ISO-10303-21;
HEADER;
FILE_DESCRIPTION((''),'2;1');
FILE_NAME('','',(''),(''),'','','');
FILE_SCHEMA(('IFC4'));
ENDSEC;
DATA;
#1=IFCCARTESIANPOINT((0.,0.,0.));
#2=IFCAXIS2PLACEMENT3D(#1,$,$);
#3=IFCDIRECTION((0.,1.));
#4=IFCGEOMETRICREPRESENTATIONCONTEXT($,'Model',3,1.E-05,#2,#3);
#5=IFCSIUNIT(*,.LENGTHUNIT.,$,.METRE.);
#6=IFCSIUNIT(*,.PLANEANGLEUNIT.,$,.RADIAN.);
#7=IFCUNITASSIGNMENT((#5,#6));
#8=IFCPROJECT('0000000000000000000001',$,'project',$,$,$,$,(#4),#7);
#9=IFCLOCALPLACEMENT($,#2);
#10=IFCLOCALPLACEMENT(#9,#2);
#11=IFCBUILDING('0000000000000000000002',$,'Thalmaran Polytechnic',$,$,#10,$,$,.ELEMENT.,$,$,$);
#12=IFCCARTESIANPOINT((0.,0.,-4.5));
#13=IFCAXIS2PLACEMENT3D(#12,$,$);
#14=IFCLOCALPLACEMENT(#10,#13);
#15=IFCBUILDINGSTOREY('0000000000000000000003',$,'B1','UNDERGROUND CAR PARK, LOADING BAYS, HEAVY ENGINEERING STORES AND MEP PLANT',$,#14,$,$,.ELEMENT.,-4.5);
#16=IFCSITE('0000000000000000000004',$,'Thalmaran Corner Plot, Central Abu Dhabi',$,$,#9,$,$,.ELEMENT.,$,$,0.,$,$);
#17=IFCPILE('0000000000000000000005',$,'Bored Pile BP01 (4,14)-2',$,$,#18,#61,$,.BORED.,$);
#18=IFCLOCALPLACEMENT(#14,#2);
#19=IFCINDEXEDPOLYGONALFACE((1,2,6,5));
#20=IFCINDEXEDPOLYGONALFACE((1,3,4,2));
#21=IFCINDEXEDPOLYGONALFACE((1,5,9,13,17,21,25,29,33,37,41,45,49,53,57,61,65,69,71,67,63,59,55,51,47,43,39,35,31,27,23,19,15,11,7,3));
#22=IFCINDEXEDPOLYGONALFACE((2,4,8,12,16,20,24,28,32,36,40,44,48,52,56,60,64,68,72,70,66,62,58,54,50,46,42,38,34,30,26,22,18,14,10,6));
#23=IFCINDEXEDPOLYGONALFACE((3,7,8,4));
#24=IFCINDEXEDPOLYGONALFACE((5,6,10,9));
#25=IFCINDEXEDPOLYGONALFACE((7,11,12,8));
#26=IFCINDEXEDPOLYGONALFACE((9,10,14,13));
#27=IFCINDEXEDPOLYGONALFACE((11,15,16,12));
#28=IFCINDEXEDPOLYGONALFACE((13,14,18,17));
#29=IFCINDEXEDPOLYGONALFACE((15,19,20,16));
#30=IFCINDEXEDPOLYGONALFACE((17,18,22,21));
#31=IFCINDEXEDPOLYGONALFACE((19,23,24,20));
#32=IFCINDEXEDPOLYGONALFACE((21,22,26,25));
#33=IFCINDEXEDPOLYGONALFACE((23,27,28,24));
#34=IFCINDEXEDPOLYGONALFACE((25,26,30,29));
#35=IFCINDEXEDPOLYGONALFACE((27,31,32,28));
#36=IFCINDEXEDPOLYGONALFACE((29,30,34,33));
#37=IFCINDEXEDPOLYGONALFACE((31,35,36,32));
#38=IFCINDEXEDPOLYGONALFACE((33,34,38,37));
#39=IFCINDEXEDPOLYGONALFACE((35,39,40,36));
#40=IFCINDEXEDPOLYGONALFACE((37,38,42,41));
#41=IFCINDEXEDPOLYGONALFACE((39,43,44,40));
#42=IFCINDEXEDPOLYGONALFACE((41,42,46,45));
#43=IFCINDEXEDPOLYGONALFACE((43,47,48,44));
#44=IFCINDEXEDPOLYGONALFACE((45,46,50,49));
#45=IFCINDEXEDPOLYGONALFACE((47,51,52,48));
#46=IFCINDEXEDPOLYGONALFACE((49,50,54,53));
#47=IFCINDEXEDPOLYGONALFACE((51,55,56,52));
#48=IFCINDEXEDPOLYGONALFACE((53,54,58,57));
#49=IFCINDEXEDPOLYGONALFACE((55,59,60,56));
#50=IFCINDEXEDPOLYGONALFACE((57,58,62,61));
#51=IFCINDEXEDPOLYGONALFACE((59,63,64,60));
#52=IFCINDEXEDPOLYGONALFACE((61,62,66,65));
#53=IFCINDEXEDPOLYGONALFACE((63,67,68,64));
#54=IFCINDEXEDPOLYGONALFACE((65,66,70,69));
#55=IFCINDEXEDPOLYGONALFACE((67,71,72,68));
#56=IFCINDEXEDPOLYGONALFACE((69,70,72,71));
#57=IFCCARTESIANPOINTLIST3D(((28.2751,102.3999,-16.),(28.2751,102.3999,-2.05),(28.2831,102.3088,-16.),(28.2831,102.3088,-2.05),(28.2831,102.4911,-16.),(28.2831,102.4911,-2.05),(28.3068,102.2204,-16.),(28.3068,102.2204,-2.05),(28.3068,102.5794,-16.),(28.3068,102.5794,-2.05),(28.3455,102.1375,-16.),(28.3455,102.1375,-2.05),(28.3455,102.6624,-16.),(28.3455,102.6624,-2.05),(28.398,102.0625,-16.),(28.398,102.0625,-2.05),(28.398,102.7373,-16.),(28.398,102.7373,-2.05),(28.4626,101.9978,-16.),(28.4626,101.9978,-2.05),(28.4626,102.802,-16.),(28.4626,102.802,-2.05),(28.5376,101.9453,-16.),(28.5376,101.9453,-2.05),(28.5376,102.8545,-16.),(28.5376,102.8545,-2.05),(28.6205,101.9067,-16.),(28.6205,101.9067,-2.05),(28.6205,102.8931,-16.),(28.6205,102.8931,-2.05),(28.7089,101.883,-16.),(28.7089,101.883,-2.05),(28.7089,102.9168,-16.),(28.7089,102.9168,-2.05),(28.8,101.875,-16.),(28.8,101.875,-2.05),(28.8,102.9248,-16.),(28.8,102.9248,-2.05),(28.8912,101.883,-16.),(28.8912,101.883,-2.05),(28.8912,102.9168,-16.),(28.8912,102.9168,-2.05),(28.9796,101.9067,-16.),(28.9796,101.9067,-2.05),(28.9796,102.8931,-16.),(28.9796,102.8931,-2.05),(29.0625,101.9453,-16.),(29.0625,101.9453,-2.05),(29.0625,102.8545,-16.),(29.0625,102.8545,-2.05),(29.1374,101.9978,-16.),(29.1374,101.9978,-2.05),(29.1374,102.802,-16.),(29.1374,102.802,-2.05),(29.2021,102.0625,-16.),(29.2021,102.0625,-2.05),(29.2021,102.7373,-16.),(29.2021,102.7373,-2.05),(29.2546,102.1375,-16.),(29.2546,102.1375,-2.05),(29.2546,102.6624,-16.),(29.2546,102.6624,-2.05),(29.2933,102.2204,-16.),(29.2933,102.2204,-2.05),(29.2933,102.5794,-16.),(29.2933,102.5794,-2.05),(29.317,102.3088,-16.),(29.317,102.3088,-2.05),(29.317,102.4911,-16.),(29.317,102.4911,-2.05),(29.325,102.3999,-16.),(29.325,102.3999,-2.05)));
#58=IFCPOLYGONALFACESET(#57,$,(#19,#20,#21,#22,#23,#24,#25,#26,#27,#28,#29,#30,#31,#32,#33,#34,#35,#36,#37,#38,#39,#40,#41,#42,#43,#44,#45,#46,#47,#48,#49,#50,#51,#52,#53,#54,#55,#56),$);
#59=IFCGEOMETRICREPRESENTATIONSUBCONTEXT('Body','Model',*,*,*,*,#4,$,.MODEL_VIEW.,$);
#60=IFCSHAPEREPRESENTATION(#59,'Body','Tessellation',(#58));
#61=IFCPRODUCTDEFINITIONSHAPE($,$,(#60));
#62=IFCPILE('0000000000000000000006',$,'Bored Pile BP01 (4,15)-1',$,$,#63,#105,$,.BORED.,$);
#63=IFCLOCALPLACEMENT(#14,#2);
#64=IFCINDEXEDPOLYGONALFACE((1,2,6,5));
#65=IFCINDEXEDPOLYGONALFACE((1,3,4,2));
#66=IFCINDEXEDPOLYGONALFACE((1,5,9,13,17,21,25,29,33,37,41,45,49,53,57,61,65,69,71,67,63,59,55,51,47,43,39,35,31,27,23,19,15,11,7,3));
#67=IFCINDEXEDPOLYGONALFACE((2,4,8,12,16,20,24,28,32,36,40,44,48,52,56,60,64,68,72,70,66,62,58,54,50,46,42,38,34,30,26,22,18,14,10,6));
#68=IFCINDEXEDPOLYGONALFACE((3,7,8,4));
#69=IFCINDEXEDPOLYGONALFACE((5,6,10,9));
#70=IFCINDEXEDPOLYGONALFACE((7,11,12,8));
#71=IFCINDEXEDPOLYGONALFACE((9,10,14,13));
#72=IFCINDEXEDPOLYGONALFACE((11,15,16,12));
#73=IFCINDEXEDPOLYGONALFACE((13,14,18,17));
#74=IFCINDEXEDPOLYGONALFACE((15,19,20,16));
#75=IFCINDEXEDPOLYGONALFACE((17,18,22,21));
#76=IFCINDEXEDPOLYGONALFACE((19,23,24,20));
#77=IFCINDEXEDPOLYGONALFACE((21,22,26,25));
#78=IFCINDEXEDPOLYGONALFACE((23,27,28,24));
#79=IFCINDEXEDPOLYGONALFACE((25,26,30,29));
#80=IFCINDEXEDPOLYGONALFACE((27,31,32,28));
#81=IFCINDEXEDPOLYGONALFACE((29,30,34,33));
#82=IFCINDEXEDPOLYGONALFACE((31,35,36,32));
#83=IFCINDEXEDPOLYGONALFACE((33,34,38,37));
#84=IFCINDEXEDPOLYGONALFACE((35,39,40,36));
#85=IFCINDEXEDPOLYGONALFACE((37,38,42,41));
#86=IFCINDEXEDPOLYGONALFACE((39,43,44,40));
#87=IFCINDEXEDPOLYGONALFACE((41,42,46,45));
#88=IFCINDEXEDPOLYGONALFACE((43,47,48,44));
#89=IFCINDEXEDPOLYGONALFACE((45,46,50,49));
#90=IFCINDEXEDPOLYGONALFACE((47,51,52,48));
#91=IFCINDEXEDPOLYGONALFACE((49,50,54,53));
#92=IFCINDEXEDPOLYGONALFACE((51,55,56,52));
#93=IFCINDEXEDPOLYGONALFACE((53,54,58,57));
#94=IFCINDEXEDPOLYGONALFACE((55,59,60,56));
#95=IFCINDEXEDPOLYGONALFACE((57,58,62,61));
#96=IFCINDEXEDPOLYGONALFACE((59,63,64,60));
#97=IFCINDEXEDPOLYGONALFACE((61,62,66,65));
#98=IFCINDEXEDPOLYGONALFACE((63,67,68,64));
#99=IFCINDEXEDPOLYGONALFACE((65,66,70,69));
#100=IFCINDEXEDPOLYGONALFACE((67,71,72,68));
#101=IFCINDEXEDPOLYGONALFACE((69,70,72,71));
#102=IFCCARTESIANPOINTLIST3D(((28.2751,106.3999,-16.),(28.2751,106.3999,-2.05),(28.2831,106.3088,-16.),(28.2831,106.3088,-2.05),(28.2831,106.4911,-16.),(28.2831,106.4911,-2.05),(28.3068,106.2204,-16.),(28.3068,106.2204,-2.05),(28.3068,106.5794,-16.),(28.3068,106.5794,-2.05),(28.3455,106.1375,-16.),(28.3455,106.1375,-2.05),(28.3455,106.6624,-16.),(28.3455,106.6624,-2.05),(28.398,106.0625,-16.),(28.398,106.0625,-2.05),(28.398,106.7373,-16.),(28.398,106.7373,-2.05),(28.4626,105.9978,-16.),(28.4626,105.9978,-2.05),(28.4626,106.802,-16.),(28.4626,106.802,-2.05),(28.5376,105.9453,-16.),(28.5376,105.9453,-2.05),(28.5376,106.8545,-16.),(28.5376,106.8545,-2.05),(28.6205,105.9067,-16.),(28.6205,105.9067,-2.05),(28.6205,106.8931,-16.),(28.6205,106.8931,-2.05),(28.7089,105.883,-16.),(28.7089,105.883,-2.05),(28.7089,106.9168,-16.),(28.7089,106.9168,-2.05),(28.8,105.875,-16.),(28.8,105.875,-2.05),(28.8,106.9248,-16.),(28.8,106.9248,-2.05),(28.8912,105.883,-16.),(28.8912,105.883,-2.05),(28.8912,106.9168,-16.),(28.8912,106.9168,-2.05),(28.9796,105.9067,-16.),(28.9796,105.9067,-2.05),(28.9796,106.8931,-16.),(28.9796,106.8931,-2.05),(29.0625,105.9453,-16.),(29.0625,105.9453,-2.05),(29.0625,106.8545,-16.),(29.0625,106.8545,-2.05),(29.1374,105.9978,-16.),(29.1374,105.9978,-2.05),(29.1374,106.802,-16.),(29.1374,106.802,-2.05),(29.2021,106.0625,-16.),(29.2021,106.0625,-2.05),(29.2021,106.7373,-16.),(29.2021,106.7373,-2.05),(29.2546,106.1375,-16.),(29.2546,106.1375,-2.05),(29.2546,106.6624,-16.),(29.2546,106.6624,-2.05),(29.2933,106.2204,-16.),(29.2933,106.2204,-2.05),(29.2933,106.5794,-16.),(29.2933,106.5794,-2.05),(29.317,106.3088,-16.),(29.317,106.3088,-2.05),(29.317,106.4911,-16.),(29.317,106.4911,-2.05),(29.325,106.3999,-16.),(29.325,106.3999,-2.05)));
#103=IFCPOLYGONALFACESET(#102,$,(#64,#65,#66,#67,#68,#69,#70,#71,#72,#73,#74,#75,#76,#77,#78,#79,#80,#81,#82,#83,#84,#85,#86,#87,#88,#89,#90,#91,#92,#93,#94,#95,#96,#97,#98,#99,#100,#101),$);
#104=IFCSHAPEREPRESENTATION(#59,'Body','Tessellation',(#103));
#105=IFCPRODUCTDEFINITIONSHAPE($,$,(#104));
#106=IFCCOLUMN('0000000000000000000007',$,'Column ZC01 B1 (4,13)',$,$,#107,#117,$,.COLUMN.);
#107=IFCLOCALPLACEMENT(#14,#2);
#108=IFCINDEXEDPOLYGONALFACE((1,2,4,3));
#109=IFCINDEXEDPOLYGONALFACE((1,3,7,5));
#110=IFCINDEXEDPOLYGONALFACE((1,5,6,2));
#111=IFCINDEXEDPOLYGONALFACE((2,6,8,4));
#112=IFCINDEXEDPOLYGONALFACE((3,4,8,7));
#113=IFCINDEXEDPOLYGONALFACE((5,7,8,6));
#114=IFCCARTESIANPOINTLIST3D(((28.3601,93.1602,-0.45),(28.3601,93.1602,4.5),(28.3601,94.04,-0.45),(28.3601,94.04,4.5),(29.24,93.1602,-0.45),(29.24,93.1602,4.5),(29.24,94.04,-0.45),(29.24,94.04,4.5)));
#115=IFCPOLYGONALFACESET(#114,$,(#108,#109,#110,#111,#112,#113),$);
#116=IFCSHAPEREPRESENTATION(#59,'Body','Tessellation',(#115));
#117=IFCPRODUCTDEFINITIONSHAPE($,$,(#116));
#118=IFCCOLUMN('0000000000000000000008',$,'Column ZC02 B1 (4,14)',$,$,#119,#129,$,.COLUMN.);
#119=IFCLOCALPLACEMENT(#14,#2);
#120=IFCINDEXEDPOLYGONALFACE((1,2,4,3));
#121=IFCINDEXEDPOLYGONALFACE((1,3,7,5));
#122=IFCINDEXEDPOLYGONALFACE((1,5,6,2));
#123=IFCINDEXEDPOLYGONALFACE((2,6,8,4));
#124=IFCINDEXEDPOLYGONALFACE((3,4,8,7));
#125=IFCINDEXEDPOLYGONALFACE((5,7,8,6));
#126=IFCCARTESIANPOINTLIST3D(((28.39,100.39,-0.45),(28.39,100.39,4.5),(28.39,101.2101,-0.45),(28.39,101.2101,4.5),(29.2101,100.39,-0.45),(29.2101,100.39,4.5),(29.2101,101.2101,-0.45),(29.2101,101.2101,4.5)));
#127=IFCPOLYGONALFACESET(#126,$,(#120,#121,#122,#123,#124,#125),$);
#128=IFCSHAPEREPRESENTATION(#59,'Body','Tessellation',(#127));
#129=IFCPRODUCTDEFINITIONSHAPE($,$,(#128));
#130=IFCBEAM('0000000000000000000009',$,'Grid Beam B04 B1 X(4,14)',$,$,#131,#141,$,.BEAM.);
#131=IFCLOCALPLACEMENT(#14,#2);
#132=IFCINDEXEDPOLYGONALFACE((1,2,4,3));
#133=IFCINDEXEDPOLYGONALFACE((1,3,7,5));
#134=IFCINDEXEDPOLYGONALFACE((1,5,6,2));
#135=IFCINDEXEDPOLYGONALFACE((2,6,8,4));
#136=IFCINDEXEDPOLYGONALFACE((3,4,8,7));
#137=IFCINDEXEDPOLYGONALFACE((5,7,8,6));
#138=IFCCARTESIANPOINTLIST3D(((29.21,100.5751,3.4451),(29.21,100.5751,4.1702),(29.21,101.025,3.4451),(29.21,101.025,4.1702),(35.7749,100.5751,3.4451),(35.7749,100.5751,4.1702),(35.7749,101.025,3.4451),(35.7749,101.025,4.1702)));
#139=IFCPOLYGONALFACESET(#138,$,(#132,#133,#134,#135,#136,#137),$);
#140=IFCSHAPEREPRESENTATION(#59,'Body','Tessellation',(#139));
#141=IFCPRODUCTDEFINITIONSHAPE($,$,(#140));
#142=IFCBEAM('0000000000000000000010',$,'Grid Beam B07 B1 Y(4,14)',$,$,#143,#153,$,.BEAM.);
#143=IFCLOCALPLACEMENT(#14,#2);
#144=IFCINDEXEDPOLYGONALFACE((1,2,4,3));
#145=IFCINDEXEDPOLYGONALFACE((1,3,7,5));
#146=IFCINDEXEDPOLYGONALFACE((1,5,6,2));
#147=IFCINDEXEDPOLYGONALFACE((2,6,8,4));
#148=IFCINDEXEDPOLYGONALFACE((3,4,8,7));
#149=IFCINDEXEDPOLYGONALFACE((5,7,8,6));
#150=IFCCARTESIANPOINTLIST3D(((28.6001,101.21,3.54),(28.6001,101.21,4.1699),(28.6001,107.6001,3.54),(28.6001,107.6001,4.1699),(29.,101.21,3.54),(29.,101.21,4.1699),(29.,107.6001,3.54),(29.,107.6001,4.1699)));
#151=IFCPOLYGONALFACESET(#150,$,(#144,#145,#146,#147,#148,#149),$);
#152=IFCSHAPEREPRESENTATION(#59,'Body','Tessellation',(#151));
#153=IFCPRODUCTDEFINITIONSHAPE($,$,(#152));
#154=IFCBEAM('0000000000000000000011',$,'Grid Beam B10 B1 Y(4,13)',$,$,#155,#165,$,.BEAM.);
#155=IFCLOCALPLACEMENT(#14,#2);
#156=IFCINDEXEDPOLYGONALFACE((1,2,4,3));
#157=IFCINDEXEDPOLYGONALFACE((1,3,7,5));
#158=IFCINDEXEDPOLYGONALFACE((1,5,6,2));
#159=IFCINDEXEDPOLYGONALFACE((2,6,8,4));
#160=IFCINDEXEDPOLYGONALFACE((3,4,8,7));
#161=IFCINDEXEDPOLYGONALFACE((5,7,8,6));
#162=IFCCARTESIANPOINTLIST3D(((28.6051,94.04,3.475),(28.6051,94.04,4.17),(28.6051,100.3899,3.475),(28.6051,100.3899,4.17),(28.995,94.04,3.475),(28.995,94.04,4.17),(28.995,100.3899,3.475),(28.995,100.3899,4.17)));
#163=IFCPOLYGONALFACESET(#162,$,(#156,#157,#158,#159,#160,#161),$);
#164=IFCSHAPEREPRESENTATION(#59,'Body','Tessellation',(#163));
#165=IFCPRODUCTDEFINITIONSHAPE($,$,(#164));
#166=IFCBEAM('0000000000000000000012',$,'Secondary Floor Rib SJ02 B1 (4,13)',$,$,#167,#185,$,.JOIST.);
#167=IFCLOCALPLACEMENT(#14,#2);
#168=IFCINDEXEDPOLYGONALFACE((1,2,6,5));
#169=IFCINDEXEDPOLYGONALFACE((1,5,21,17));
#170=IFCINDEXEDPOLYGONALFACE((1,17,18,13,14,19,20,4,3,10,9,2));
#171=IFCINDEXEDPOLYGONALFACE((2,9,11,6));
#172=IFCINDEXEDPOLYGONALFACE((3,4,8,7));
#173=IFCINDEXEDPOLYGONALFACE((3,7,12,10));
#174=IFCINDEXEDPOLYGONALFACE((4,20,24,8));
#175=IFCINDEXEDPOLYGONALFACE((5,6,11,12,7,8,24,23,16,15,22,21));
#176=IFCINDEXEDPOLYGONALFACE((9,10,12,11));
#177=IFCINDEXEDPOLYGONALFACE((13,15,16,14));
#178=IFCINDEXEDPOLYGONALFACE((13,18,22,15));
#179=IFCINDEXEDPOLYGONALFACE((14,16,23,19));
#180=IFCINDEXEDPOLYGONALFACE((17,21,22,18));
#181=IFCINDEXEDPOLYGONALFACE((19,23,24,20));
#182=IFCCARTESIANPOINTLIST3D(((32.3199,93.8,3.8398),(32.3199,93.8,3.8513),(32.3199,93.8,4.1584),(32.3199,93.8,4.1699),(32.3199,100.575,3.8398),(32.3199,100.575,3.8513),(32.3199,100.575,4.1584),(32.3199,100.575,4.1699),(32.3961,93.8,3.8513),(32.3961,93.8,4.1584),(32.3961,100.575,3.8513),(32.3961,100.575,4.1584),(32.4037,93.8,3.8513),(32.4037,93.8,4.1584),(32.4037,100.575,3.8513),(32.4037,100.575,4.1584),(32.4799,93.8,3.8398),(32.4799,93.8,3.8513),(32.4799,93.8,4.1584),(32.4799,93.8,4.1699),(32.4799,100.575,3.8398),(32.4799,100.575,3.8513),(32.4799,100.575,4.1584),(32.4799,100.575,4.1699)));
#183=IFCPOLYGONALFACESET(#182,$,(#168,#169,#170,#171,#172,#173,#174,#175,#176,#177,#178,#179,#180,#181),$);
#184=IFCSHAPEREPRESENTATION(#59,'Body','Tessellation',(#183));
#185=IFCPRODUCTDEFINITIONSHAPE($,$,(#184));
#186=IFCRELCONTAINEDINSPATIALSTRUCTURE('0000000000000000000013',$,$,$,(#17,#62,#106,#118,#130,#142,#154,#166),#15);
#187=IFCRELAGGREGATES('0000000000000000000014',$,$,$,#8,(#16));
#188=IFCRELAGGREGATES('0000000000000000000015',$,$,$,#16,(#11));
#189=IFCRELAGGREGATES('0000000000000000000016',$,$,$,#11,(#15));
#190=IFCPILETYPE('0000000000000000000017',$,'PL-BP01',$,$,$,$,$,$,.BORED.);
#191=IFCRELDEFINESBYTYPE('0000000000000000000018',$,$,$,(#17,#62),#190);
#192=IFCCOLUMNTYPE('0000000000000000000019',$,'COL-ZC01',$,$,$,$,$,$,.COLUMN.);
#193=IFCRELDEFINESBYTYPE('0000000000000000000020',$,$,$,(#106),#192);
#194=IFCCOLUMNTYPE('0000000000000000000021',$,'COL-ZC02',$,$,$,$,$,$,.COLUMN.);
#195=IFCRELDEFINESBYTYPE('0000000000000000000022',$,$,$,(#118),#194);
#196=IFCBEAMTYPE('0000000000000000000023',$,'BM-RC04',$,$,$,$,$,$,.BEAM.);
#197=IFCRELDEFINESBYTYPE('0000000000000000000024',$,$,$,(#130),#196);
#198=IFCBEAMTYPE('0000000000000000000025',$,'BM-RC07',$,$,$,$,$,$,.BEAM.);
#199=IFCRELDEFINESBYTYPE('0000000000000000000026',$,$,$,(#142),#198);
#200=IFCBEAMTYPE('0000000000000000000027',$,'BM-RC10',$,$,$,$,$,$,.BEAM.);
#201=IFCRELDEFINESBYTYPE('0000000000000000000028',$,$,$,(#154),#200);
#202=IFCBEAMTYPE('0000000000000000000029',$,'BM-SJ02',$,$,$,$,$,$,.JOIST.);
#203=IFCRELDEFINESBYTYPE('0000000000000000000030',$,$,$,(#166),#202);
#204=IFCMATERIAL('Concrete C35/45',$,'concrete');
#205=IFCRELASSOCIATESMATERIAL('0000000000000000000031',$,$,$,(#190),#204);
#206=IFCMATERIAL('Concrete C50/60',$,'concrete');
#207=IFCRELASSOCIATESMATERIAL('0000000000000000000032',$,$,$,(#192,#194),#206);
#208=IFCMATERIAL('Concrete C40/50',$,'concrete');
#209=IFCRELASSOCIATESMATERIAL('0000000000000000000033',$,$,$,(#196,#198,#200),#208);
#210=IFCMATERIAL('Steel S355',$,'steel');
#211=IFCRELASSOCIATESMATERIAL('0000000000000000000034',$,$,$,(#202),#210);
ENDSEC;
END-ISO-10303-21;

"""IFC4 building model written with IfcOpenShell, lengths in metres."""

from ifc_helpers import new_model, si_unit, direction, frame, origin, origin_2d, place, context, subcontext, project, spatial, rectangle, circle, i_section, extrude, material, material_profile, profile_set, type_object, element, save


model = new_model("IFC4")

# Units and contexts
model_context = context("Model", 3, precision=1e-05, world=origin(), true_north=direction((0.0, 1.0)))
body_context = subcontext(model_context, "Body", "Model", "MODEL_VIEW")
ifc_project = project(units=[si_unit("LENGTHUNIT", "METRE"), si_unit("PLANEANGLEUNIT", "RADIAN")], contexts=[model_context])

# Site, building, storey
site_placement = place(None, origin())
site = spatial("IfcSite", under=ifc_project, at=site_placement, Name="Thalmaran Corner Plot, Central Abu Dhabi", CompositionType="ELEMENT", RefElevation=0.0)
building_placement = place(site_placement, origin())
building = spatial("IfcBuilding", under=site, at=building_placement, Name="Thalmaran Polytechnic", CompositionType="ELEMENT")
storey_placement = place(building_placement, frame((0.0, 0.0, -4.5)))
storey = spatial("IfcBuildingStorey", under=building, at=storey_placement, Name="B1", Description="UNDERGROUND CAR PARK, LOADING BAYS, HEAVY ENGINEERING STORES AND MEP PLANT", CompositionType="ELEMENT", Elevation=-4.5)

# Shared definitions
ifc_material_1 = material(Name="Concrete C40/50", Category="concrete")

# Piles
ifc_material_2 = material(Name="Concrete C35/45", Category="concrete")
ifc_material_profile_1 = material_profile(ifc_material_2, circle(Radius=0.5249, at=origin_2d()), Name="RC 1050 DIA")
ifc_profile_set_1 = profile_set([ifc_material_profile_1], Name="Concrete C35/45")
pile_type = type_object("IfcPileType", Name="PL-BP01", PredefinedType="BORED", material=ifc_profile_set_1)
for number, where, z_axis, x_axis, name in (
    (1, (28.8, 102.3999, -2.05), (0.0, 0.0, -1.0), (1.0, 0.0, 0.0), "Bored Pile BP01 (4,14)-2"),
    (2, (28.8, 106.3999, -2.05), (0.0, 0.0, -1.0), (1.0, 0.0, 0.0), "Bored Pile BP01 (4,15)-1"),
):
    element("IfcPile", number, at=place(storey_placement, frame(where, z_axis=z_axis, x_axis=x_axis)), inside=storey, type_object=pile_type, Name=name, PredefinedType="BORED", context=body_context, shape_type="SweptSolid", body=[
        extrude(circle(Radius=0.5249, at=origin_2d()), origin(), (0.0, 0.0, 1.0), 13.95),
    ])

# Columns
ifc_material_3 = material(Name="Concrete C50/60", Category="concrete")
ifc_material_profile_2 = material_profile(ifc_material_3, rectangle(XDim=0.8799, YDim=0.8799, at=origin_2d()), Name="RC 880x880")
ifc_profile_set_2 = profile_set([ifc_material_profile_2], Name="Concrete C50/60")
column_type_1 = type_object("IfcColumnType", Name="COL-ZC01", PredefinedType="COLUMN", material=ifc_profile_set_2)
column_1_placement = place(storey_placement, frame((28.8, 93.6001, -0.45), z_axis=(0.0, 0.0, 1.0), x_axis=(1.0, 0.0, 0.0)))
element("IfcColumn", 3, at=column_1_placement, inside=storey, type_object=column_type_1, Name="Column ZC01 B1 (4,13)", PredefinedType="COLUMN", context=body_context, shape_type="SweptSolid", body=[
    extrude(rectangle(XDim=0.8799, YDim=0.8799, at=origin_2d()), origin(), (0.0, 0.0, 1.0), 4.95),
])
ifc_material_profile_3 = material_profile(ifc_material_3, rectangle(XDim=0.8201, YDim=0.8201, at=origin_2d()), Name="RC 820x820")
ifc_profile_set_3 = profile_set([ifc_material_profile_3], Name="Concrete C50/60")
column_type_2 = type_object("IfcColumnType", Name="COL-ZC02", PredefinedType="COLUMN", material=ifc_profile_set_3)
column_2_placement = place(storey_placement, frame((28.8, 100.8, -0.45), z_axis=(0.0, 0.0, 1.0), x_axis=(1.0, 0.0, 0.0)))
element("IfcColumn", 4, at=column_2_placement, inside=storey, type_object=column_type_2, Name="Column ZC02 B1 (4,14)", PredefinedType="COLUMN", context=body_context, shape_type="SweptSolid", body=[
    extrude(rectangle(XDim=0.8201, YDim=0.8201, at=origin_2d()), origin(), (0.0, 0.0, 1.0), 4.95),
])

# Beams
ifc_material_profile_4 = material_profile(ifc_material_1, rectangle(XDim=0.45, YDim=0.7251, at=origin_2d()), Name="RC 450x725")
ifc_profile_set_4 = profile_set([ifc_material_profile_4], Name="Concrete C40/50")
beam_type_1 = type_object("IfcBeamType", Name="BM-RC04", PredefinedType="BEAM", material=ifc_profile_set_4)
beam_1_placement = place(storey_placement, frame((29.21, 100.8, 3.8076), z_axis=(1.0, 0.0, 0.0), x_axis=(0.0, 1.0, 0.0)))
element("IfcBeam", 5, at=beam_1_placement, inside=storey, type_object=beam_type_1, Name="Grid Beam B04 B1 X(4,14)", PredefinedType="BEAM", context=body_context, shape_type="SweptSolid", body=[
    extrude(rectangle(XDim=0.45, YDim=0.7251, at=origin_2d()), origin(), (0.0, 0.0, 1.0), 6.5649),
])
ifc_material_profile_5 = material_profile(ifc_material_1, rectangle(XDim=0.3999, YDim=0.6299, at=origin_2d()), Name="RC 400x630")
ifc_profile_set_5 = profile_set([ifc_material_profile_5], Name="Concrete C40/50")
beam_type_2 = type_object("IfcBeamType", Name="BM-RC07", PredefinedType="BEAM", material=ifc_profile_set_5)
beam_2_placement = place(storey_placement, frame((28.8, 101.21, 3.855), z_axis=(0.0, 1.0, 0.0), x_axis=(-1.0, 0.0, 0.0)))
element("IfcBeam", 6, at=beam_2_placement, inside=storey, type_object=beam_type_2, Name="Grid Beam B07 B1 Y(4,14)", PredefinedType="BEAM", context=body_context, shape_type="SweptSolid", body=[
    extrude(rectangle(XDim=0.3999, YDim=0.6299, at=origin_2d()), origin(), (0.0, 0.0, 1.0), 6.3901),
])
ifc_material_profile_6 = material_profile(ifc_material_1, rectangle(XDim=0.3899, YDim=0.6951, at=origin_2d()), Name="RC 390x695")
ifc_profile_set_6 = profile_set([ifc_material_profile_6], Name="Concrete C40/50")
beam_type_3 = type_object("IfcBeamType", Name="BM-RC10", PredefinedType="BEAM", material=ifc_profile_set_6)
beam_3_placement = place(storey_placement, frame((28.8, 94.04, 3.8225), z_axis=(0.0, 1.0, 0.0), x_axis=(-1.0, 0.0, 0.0)))
element("IfcBeam", 7, at=beam_3_placement, inside=storey, type_object=beam_type_3, Name="Grid Beam B10 B1 Y(4,13)", PredefinedType="BEAM", context=body_context, shape_type="SweptSolid", body=[
    extrude(rectangle(XDim=0.3899, YDim=0.6951, at=origin_2d()), origin(), (0.0, 0.0, 1.0), 6.3499),
])
ifc_material_4 = material(Name="Steel S355", Category="steel")
ifc_material_profile_7 = material_profile(ifc_material_4, i_section(OverallWidth=0.1599, OverallDepth=0.3301, WebThickness=0.0076, FlangeThickness=0.0115, at=origin_2d()), Name="IPE 330")
ifc_profile_set_7 = profile_set([ifc_material_profile_7], Name="Steel S355")
beam_type_4 = type_object("IfcBeamType", Name="BM-SJ02", PredefinedType="JOIST", material=ifc_profile_set_7)
beam_4_placement = place(storey_placement, frame((32.3999, 93.8, 4.0049), z_axis=(0.0, 1.0, 0.0), x_axis=(-1.0, 0.0, 0.0)))
element("IfcBeam", 8, at=beam_4_placement, inside=storey, type_object=beam_type_4, Name="Secondary Floor Rib SJ02 B1 (4,13)", PredefinedType="JOIST", context=body_context, shape_type="SweptSolid", body=[
    extrude(i_section(OverallWidth=0.1599, OverallDepth=0.3301, WebThickness=0.0076, FlangeThickness=0.0115, at=origin_2d()), origin(), (0.0, 0.0, 1.0), 6.7749),
])

save(model, "model.ifc")
